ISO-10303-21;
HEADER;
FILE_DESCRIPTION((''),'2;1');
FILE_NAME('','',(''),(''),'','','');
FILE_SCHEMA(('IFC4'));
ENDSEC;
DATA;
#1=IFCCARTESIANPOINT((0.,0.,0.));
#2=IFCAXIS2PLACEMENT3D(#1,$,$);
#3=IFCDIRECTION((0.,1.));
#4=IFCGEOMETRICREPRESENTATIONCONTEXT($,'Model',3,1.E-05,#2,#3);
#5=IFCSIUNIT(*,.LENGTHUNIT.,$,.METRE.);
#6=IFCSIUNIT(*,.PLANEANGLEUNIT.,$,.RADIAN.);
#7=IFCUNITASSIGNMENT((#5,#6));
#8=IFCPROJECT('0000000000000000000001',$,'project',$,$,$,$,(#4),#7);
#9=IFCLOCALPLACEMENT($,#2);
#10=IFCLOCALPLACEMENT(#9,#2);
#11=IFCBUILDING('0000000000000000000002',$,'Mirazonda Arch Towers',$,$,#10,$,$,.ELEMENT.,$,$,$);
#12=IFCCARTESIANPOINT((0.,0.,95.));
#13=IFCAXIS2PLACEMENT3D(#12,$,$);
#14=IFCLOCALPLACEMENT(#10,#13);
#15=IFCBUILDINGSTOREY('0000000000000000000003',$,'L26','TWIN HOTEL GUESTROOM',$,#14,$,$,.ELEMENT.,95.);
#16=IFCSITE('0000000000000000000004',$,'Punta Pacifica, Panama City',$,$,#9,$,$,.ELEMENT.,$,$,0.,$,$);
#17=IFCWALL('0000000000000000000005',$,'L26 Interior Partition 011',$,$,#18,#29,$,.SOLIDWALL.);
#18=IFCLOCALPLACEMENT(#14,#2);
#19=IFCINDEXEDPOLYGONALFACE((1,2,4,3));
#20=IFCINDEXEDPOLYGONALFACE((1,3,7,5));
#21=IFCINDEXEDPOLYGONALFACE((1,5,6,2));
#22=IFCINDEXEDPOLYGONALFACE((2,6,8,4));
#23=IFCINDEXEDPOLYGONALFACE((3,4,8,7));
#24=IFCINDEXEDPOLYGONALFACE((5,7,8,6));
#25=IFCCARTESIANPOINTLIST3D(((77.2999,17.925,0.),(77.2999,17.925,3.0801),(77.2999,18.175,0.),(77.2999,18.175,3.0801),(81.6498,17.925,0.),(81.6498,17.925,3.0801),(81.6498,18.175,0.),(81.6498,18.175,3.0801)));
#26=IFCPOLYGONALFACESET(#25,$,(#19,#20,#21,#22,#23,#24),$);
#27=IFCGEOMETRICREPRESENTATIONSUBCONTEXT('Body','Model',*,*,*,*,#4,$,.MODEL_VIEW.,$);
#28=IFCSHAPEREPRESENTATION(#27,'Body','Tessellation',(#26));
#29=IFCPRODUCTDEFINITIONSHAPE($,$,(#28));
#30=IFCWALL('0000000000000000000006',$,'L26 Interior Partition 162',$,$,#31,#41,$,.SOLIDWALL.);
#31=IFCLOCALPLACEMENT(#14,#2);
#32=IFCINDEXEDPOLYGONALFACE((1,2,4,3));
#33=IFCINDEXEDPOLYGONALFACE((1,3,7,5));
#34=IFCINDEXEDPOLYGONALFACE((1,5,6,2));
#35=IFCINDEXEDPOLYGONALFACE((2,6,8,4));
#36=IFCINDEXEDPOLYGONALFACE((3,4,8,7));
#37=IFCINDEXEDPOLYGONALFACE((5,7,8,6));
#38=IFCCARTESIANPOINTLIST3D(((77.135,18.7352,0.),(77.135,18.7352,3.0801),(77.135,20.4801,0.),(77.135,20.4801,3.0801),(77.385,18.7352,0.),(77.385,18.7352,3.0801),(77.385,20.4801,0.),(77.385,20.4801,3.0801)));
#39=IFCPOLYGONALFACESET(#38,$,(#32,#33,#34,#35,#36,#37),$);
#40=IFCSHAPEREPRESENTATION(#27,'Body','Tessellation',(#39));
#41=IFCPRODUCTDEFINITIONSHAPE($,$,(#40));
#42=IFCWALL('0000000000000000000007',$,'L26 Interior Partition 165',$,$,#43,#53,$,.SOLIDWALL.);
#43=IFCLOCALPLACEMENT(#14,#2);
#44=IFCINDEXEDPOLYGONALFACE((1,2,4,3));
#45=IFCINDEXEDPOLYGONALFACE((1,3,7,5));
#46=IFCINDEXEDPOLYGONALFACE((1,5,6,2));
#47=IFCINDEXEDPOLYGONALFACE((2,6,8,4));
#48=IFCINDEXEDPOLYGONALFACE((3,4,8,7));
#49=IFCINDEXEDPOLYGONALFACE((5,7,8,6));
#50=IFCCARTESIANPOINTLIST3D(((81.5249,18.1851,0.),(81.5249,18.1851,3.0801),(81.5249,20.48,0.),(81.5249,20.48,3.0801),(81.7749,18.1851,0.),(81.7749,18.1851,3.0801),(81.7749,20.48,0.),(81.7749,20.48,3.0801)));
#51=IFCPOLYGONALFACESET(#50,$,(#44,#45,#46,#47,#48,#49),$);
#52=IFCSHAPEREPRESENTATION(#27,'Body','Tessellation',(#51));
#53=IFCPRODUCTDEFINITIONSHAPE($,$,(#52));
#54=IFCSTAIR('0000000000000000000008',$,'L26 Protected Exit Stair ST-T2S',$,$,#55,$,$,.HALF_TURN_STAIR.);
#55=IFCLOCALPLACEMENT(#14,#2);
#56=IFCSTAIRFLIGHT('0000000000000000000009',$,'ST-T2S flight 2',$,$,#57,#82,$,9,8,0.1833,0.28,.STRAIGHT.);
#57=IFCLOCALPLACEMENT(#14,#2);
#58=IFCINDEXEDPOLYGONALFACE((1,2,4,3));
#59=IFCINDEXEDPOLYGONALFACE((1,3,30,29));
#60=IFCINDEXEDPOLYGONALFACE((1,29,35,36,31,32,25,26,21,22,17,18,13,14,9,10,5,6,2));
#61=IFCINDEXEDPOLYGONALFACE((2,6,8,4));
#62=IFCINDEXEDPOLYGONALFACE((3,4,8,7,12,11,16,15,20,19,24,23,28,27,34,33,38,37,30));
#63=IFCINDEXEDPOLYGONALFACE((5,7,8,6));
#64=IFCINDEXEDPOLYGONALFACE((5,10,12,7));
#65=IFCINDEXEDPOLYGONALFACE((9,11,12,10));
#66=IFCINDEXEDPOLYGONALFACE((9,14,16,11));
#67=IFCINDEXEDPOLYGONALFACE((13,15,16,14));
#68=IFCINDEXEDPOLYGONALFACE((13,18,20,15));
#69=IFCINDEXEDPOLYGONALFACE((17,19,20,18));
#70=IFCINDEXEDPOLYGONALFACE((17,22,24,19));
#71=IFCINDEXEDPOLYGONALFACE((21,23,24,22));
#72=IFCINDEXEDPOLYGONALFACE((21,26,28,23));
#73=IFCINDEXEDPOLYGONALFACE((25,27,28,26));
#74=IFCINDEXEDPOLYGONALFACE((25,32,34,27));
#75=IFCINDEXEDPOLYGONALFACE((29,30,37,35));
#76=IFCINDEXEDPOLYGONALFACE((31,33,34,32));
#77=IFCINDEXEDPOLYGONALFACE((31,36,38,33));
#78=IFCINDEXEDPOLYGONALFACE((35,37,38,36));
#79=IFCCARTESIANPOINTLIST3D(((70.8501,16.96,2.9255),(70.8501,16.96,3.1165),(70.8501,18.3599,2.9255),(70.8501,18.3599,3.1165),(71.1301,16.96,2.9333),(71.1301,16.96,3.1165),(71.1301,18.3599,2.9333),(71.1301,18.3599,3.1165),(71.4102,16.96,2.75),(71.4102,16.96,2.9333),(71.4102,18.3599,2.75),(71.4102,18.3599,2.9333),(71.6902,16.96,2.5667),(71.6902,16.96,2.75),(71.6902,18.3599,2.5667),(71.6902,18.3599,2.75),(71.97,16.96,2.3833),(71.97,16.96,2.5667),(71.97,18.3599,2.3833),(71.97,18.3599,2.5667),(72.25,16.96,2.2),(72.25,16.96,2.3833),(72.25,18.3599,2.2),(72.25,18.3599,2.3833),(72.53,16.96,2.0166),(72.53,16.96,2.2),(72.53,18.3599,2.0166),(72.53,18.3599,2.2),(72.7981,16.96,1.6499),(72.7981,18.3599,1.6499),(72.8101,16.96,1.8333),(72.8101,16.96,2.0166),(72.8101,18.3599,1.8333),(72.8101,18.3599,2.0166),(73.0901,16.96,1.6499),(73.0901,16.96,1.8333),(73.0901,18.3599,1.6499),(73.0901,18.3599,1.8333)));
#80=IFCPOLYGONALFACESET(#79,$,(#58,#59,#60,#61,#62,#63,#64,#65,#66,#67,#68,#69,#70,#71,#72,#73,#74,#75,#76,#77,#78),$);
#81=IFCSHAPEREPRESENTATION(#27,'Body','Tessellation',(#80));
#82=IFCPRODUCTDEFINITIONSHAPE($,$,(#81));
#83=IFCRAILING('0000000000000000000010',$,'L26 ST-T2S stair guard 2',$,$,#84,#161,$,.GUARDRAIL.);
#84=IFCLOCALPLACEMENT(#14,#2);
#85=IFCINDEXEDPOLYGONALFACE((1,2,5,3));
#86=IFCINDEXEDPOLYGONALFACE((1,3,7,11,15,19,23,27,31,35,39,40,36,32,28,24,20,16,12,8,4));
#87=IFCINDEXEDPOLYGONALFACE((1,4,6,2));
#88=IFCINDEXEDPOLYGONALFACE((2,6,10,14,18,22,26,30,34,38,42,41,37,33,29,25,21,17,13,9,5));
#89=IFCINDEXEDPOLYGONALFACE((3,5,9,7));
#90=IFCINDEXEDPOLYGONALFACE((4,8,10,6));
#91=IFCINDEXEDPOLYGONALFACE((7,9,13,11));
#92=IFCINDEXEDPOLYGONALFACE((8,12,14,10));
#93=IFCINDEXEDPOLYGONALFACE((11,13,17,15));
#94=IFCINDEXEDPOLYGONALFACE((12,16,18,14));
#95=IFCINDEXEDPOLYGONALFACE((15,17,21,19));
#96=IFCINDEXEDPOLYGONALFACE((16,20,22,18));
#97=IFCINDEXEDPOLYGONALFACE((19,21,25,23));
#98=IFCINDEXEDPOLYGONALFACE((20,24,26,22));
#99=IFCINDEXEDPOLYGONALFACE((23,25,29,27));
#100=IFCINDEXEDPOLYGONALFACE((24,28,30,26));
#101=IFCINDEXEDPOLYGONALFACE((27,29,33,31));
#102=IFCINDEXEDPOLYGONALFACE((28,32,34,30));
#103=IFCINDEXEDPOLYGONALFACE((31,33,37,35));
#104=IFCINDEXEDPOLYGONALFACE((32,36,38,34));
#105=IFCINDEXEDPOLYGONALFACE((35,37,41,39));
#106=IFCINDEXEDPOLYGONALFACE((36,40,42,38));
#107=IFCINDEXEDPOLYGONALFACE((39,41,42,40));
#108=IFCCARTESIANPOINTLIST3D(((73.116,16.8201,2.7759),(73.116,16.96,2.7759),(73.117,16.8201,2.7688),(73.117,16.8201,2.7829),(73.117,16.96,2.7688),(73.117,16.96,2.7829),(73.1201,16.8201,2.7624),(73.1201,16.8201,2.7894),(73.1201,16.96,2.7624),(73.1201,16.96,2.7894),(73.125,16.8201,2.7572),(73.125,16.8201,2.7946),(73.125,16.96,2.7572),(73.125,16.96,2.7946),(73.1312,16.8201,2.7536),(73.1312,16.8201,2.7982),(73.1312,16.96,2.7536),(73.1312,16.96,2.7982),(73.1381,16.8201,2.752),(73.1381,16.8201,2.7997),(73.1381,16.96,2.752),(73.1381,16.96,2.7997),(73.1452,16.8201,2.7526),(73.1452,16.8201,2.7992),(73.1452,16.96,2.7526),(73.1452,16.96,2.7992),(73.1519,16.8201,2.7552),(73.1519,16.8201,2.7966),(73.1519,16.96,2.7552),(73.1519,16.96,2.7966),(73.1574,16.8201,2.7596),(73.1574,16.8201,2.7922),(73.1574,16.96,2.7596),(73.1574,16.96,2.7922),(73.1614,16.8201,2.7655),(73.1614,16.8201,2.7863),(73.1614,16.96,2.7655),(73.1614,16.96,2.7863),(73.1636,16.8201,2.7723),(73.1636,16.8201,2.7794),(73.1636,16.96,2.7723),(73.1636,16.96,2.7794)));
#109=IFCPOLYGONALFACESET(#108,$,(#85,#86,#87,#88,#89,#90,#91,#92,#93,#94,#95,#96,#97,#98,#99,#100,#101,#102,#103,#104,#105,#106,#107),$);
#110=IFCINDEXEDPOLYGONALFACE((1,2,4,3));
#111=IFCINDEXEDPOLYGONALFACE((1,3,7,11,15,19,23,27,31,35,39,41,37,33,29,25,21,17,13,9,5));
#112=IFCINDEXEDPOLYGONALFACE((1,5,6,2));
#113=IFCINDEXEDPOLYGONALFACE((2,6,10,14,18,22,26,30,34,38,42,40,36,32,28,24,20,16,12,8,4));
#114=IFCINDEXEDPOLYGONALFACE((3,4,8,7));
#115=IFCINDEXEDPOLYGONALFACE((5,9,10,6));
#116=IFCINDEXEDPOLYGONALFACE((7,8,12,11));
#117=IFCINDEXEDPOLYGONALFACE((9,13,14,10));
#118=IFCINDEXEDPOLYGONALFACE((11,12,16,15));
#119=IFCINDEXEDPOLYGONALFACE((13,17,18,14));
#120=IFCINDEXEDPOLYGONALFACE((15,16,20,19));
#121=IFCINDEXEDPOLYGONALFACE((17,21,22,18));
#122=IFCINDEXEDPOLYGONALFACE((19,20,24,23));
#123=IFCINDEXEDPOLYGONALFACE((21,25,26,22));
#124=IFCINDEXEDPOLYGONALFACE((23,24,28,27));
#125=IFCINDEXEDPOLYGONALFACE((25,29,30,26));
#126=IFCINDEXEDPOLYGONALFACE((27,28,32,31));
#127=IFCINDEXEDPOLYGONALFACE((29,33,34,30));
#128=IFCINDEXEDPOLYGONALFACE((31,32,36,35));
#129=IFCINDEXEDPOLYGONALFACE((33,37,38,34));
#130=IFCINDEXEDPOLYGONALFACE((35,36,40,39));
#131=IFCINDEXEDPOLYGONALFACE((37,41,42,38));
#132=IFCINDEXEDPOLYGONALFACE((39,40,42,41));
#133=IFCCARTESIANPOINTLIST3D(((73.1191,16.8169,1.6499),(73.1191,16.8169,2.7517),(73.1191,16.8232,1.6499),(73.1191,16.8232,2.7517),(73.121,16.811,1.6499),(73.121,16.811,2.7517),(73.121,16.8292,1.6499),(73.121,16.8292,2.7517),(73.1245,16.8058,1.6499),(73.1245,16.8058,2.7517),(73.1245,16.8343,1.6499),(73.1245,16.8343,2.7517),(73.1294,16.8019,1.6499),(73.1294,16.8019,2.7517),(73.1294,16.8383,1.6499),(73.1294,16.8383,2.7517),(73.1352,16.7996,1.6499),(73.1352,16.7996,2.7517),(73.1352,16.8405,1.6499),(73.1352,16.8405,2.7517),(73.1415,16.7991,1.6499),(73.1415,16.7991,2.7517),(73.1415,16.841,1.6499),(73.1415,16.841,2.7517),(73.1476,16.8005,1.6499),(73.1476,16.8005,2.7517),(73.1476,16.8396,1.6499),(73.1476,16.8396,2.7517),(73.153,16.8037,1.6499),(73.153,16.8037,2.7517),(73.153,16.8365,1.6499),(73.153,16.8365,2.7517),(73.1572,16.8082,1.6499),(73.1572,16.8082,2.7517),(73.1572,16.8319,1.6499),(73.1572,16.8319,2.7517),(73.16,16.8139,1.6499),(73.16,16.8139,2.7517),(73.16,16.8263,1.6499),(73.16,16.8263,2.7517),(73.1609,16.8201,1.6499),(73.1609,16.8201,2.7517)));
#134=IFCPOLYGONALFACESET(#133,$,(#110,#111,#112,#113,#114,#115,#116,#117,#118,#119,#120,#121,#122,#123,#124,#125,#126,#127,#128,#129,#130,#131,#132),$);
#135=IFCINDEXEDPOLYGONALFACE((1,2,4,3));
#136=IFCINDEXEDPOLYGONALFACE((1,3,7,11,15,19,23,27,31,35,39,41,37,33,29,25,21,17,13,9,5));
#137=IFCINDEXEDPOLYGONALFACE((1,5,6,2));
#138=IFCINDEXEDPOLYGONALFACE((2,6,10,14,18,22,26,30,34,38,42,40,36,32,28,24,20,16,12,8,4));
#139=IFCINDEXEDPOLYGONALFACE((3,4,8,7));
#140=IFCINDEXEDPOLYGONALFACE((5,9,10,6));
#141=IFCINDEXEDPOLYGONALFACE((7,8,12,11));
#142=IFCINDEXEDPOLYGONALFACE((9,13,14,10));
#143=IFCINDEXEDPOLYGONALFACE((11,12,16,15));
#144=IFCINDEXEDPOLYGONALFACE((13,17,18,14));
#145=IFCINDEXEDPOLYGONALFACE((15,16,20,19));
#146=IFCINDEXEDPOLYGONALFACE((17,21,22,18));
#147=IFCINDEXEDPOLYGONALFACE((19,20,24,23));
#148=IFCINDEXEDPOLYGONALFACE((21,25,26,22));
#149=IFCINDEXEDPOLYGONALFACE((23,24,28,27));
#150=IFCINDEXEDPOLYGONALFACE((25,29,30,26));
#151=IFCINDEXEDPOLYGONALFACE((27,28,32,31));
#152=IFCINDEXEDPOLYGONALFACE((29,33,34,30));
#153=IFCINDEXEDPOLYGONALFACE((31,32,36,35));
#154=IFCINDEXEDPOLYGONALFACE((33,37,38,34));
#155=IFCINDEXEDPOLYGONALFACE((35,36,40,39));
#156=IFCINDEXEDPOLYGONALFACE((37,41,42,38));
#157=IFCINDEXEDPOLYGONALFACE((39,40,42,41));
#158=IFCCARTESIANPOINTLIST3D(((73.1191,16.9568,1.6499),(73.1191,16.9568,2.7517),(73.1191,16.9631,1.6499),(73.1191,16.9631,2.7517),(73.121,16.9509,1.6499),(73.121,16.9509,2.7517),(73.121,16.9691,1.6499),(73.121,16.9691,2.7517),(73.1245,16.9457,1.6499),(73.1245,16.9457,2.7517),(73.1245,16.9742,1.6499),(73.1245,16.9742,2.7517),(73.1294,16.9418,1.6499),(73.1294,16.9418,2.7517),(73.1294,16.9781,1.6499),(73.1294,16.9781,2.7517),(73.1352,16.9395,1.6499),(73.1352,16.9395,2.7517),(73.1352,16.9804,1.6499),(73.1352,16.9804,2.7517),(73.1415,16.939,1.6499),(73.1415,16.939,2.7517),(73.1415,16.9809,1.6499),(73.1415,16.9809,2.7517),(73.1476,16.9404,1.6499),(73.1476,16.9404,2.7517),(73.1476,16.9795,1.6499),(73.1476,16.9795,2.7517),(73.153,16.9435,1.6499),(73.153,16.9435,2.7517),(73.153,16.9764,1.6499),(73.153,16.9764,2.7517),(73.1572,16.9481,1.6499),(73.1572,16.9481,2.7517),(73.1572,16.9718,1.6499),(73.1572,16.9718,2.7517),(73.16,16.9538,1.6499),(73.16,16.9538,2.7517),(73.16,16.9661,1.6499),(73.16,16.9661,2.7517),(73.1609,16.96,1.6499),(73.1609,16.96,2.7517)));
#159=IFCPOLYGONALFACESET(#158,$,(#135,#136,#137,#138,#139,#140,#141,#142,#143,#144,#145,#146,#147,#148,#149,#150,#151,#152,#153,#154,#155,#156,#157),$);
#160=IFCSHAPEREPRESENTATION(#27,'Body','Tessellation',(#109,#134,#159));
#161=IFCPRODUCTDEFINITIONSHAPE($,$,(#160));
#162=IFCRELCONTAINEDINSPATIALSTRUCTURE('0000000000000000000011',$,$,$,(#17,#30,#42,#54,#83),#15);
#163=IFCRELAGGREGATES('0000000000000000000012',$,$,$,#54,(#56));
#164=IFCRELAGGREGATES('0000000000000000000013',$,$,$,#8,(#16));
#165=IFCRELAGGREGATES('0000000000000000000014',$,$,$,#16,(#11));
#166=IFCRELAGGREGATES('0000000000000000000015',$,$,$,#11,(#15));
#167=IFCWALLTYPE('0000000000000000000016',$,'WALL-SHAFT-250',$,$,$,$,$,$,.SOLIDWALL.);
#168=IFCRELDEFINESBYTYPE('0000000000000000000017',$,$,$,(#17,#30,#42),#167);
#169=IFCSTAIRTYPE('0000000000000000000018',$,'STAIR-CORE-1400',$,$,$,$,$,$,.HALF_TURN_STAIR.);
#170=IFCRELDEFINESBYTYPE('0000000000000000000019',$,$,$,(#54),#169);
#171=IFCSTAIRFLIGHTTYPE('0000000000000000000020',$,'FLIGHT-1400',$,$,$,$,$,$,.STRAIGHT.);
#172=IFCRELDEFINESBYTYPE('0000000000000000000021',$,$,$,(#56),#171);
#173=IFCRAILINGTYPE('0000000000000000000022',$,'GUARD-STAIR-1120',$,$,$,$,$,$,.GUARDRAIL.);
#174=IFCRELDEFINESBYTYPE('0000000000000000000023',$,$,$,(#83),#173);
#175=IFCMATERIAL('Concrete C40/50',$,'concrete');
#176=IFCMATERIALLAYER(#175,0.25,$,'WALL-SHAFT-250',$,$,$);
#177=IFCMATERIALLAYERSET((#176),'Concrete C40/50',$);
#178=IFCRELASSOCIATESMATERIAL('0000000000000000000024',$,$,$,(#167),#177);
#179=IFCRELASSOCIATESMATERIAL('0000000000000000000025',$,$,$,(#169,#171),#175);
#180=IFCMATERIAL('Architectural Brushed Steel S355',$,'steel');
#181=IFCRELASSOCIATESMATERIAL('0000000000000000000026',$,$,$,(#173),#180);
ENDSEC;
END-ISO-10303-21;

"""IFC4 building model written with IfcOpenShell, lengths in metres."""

from ifc_helpers import new_model, si_unit, direction, frame, frame_2d, origin, origin_2d, place, context, subcontext, project, spatial, polyline, rectangle, circle, outline, extrude, material, layer, layer_set, type_object, element, aggregate, save


model = new_model("IFC4")

# Units and contexts
model_context = context("Model", 3, precision=1e-05, world=origin(), true_north=direction((0.0, 1.0)))
body_context = subcontext(model_context, "Body", "Model", "MODEL_VIEW")
ifc_project = project(units=[si_unit("LENGTHUNIT", "METRE"), si_unit("PLANEANGLEUNIT", "RADIAN")], contexts=[model_context])

# Site, building, storey
site_placement = place(None, origin())
site = spatial("IfcSite", under=ifc_project, at=site_placement, Name="Punta Pacifica, Panama City", CompositionType="ELEMENT", RefElevation=0.0)
building_placement = place(site_placement, origin())
building = spatial("IfcBuilding", under=site, at=building_placement, Name="Mirazonda Arch Towers", CompositionType="ELEMENT")
storey_placement = place(building_placement, frame((0.0, 0.0, 95.0)))
storey = spatial("IfcBuildingStorey", under=building, at=storey_placement, Name="L26", Description="TWIN HOTEL GUESTROOM", CompositionType="ELEMENT", Elevation=95.0)

# Walls
ifc_material_1 = material(Name="Concrete C40/50", Category="concrete")
ifc_layer_1 = layer(ifc_material_1, 0.25, Name="WALL-SHAFT-250")
ifc_layer_set_1 = layer_set([ifc_layer_1], Name="Concrete C40/50")
wall_type_1 = type_object("IfcWallType", Name="WALL-SHAFT-250", PredefinedType="SOLIDWALL", material=ifc_layer_set_1)
wall_1_placement = place(storey_placement, frame((77.3, 18.05, 0.0), z_axis=(0.0, 0.0, 1.0), x_axis=(1.0, 0.0, 0.0)))
element("IfcWall", 1, at=wall_1_placement, inside=storey, type_object=wall_type_1, Name="L26 Interior Partition 011", PredefinedType="SOLIDWALL", context=body_context, shape_type="SweptSolid", body=[
    extrude(rectangle(XDim=4.3499, YDim=0.25, at=frame_2d((2.1748, 0.0))), origin(), (0.0, 0.0, 1.0), 3.0801),
])
wall_2_placement = place(storey_placement, frame((77.26, 18.7351, 0.0), z_axis=(0.0, 0.0, 1.0), x_axis=(0.0, 1.0, 0.0)))
element("IfcWall", 2, at=wall_2_placement, inside=storey, type_object=wall_type_1, Name="L26 Interior Partition 162", PredefinedType="SOLIDWALL", context=body_context, shape_type="SweptSolid", body=[
    extrude(rectangle(XDim=1.7449, YDim=0.25, at=frame_2d((0.8726, 0.0))), origin(), (0.0, 0.0, 1.0), 3.0801),
])
wall_3_placement = place(storey_placement, frame((81.6499, 18.1851, 0.0), z_axis=(0.0, 0.0, 1.0), x_axis=(0.0, 1.0, 0.0)))
element("IfcWall", 3, at=wall_3_placement, inside=storey, type_object=wall_type_1, Name="L26 Interior Partition 165", PredefinedType="SOLIDWALL", context=body_context, shape_type="SweptSolid", body=[
    extrude(rectangle(XDim=2.2949, YDim=0.25, at=frame_2d((1.1475, 0.0))), origin(), (0.0, 0.0, 1.0), 3.0801),
])

# Stair, stair flight
stair_type = type_object("IfcStairType", Name="STAIR-CORE-1400", PredefinedType="HALF_TURN_STAIR", material=ifc_material_1)
stair_placement = place(storey_placement, origin())
stair = element("IfcStair", 4, at=stair_placement, inside=storey, type_object=stair_type, Name="L26 Protected Exit Stair ST-T2S", PredefinedType="HALF_TURN_STAIR")
stair_flight_type = type_object("IfcStairFlightType", Name="FLIGHT-1400", PredefinedType="STRAIGHT", material=ifc_material_1)
stair_flight_placement = place(storey_placement, frame((73.0901, 17.6599, 1.6499), z_axis=(0.0, 0.0, 1.0), x_axis=(-1.0, 0.0, 0.0)))
stair_flight = element("IfcStairFlight", 5, at=stair_flight_placement, type_object=stair_flight_type, Name="ST-T2S flight 2", NumberOfRisers=9, NumberOfTreads=8, PredefinedType="STRAIGHT", RiserHeight=0.1833, TreadLength=0.28, context=body_context, shape_type="SweptSolid", body=[
    extrude(outline(polyline([(0.0, 0.0), (0.0, 0.1833), (0.28, 0.1833), (0.28, 0.3667), (0.5601, 0.3667), (0.5601, 0.55), (0.8401, 0.55), (0.8401, 0.7334), (1.1201, 0.7334), (1.1201, 0.9167), (1.3999, 0.9167), (1.3999, 1.1001), (1.6799, 1.1001), (1.6799, 1.2834), (1.96, 1.2834), (1.96, 1.4666), (2.24, 1.4666), (2.24, 1.6499), (2.24, 1.2756), (0.292, 0.0), (0.0, 0.0)])), frame((0.0, 0.7, 0.0), z_axis=(0.0, -1.0, 0.0), x_axis=(1.0, 0.0, 0.0)), (0.0, 0.0, 1.0), 1.3999),
])
aggregate(stair, [stair_flight])

# Railing
ifc_material_2 = material(Name="Architectural Brushed Steel S355", Category="steel")
railing_type_1 = type_object("IfcRailingType", Name="GUARD-STAIR-1120", PredefinedType="GUARDRAIL", material=ifc_material_2)
railing_1_placement = place(storey_placement, frame((73.1399, 16.8201, 1.6499)))
element("IfcRailing", 6, at=railing_1_placement, inside=storey, type_object=railing_type_1, Name="L26 ST-T2S stair guard 2", PredefinedType="GUARDRAIL", context=body_context, shape_type="SweptSolid", body=[
    extrude(circle(Radius=0.0239, at=origin_2d()), frame((0.0, 0.0, 1.126), z_axis=(0.0, 1.0, 0.0), x_axis=(-1.0, 0.0, 0.0)), (0.0, 0.0, 1.0), 0.1399),
    extrude(circle(Radius=0.021, at=origin_2d()), origin(), (0.0, 0.0, 1.0), 1.1018),
    extrude(circle(Radius=0.021, at=origin_2d()), frame((0.0, 0.1399, 0.0)), (0.0, 0.0, 1.0), 1.1018),
])

save(model, "model.ifc")
